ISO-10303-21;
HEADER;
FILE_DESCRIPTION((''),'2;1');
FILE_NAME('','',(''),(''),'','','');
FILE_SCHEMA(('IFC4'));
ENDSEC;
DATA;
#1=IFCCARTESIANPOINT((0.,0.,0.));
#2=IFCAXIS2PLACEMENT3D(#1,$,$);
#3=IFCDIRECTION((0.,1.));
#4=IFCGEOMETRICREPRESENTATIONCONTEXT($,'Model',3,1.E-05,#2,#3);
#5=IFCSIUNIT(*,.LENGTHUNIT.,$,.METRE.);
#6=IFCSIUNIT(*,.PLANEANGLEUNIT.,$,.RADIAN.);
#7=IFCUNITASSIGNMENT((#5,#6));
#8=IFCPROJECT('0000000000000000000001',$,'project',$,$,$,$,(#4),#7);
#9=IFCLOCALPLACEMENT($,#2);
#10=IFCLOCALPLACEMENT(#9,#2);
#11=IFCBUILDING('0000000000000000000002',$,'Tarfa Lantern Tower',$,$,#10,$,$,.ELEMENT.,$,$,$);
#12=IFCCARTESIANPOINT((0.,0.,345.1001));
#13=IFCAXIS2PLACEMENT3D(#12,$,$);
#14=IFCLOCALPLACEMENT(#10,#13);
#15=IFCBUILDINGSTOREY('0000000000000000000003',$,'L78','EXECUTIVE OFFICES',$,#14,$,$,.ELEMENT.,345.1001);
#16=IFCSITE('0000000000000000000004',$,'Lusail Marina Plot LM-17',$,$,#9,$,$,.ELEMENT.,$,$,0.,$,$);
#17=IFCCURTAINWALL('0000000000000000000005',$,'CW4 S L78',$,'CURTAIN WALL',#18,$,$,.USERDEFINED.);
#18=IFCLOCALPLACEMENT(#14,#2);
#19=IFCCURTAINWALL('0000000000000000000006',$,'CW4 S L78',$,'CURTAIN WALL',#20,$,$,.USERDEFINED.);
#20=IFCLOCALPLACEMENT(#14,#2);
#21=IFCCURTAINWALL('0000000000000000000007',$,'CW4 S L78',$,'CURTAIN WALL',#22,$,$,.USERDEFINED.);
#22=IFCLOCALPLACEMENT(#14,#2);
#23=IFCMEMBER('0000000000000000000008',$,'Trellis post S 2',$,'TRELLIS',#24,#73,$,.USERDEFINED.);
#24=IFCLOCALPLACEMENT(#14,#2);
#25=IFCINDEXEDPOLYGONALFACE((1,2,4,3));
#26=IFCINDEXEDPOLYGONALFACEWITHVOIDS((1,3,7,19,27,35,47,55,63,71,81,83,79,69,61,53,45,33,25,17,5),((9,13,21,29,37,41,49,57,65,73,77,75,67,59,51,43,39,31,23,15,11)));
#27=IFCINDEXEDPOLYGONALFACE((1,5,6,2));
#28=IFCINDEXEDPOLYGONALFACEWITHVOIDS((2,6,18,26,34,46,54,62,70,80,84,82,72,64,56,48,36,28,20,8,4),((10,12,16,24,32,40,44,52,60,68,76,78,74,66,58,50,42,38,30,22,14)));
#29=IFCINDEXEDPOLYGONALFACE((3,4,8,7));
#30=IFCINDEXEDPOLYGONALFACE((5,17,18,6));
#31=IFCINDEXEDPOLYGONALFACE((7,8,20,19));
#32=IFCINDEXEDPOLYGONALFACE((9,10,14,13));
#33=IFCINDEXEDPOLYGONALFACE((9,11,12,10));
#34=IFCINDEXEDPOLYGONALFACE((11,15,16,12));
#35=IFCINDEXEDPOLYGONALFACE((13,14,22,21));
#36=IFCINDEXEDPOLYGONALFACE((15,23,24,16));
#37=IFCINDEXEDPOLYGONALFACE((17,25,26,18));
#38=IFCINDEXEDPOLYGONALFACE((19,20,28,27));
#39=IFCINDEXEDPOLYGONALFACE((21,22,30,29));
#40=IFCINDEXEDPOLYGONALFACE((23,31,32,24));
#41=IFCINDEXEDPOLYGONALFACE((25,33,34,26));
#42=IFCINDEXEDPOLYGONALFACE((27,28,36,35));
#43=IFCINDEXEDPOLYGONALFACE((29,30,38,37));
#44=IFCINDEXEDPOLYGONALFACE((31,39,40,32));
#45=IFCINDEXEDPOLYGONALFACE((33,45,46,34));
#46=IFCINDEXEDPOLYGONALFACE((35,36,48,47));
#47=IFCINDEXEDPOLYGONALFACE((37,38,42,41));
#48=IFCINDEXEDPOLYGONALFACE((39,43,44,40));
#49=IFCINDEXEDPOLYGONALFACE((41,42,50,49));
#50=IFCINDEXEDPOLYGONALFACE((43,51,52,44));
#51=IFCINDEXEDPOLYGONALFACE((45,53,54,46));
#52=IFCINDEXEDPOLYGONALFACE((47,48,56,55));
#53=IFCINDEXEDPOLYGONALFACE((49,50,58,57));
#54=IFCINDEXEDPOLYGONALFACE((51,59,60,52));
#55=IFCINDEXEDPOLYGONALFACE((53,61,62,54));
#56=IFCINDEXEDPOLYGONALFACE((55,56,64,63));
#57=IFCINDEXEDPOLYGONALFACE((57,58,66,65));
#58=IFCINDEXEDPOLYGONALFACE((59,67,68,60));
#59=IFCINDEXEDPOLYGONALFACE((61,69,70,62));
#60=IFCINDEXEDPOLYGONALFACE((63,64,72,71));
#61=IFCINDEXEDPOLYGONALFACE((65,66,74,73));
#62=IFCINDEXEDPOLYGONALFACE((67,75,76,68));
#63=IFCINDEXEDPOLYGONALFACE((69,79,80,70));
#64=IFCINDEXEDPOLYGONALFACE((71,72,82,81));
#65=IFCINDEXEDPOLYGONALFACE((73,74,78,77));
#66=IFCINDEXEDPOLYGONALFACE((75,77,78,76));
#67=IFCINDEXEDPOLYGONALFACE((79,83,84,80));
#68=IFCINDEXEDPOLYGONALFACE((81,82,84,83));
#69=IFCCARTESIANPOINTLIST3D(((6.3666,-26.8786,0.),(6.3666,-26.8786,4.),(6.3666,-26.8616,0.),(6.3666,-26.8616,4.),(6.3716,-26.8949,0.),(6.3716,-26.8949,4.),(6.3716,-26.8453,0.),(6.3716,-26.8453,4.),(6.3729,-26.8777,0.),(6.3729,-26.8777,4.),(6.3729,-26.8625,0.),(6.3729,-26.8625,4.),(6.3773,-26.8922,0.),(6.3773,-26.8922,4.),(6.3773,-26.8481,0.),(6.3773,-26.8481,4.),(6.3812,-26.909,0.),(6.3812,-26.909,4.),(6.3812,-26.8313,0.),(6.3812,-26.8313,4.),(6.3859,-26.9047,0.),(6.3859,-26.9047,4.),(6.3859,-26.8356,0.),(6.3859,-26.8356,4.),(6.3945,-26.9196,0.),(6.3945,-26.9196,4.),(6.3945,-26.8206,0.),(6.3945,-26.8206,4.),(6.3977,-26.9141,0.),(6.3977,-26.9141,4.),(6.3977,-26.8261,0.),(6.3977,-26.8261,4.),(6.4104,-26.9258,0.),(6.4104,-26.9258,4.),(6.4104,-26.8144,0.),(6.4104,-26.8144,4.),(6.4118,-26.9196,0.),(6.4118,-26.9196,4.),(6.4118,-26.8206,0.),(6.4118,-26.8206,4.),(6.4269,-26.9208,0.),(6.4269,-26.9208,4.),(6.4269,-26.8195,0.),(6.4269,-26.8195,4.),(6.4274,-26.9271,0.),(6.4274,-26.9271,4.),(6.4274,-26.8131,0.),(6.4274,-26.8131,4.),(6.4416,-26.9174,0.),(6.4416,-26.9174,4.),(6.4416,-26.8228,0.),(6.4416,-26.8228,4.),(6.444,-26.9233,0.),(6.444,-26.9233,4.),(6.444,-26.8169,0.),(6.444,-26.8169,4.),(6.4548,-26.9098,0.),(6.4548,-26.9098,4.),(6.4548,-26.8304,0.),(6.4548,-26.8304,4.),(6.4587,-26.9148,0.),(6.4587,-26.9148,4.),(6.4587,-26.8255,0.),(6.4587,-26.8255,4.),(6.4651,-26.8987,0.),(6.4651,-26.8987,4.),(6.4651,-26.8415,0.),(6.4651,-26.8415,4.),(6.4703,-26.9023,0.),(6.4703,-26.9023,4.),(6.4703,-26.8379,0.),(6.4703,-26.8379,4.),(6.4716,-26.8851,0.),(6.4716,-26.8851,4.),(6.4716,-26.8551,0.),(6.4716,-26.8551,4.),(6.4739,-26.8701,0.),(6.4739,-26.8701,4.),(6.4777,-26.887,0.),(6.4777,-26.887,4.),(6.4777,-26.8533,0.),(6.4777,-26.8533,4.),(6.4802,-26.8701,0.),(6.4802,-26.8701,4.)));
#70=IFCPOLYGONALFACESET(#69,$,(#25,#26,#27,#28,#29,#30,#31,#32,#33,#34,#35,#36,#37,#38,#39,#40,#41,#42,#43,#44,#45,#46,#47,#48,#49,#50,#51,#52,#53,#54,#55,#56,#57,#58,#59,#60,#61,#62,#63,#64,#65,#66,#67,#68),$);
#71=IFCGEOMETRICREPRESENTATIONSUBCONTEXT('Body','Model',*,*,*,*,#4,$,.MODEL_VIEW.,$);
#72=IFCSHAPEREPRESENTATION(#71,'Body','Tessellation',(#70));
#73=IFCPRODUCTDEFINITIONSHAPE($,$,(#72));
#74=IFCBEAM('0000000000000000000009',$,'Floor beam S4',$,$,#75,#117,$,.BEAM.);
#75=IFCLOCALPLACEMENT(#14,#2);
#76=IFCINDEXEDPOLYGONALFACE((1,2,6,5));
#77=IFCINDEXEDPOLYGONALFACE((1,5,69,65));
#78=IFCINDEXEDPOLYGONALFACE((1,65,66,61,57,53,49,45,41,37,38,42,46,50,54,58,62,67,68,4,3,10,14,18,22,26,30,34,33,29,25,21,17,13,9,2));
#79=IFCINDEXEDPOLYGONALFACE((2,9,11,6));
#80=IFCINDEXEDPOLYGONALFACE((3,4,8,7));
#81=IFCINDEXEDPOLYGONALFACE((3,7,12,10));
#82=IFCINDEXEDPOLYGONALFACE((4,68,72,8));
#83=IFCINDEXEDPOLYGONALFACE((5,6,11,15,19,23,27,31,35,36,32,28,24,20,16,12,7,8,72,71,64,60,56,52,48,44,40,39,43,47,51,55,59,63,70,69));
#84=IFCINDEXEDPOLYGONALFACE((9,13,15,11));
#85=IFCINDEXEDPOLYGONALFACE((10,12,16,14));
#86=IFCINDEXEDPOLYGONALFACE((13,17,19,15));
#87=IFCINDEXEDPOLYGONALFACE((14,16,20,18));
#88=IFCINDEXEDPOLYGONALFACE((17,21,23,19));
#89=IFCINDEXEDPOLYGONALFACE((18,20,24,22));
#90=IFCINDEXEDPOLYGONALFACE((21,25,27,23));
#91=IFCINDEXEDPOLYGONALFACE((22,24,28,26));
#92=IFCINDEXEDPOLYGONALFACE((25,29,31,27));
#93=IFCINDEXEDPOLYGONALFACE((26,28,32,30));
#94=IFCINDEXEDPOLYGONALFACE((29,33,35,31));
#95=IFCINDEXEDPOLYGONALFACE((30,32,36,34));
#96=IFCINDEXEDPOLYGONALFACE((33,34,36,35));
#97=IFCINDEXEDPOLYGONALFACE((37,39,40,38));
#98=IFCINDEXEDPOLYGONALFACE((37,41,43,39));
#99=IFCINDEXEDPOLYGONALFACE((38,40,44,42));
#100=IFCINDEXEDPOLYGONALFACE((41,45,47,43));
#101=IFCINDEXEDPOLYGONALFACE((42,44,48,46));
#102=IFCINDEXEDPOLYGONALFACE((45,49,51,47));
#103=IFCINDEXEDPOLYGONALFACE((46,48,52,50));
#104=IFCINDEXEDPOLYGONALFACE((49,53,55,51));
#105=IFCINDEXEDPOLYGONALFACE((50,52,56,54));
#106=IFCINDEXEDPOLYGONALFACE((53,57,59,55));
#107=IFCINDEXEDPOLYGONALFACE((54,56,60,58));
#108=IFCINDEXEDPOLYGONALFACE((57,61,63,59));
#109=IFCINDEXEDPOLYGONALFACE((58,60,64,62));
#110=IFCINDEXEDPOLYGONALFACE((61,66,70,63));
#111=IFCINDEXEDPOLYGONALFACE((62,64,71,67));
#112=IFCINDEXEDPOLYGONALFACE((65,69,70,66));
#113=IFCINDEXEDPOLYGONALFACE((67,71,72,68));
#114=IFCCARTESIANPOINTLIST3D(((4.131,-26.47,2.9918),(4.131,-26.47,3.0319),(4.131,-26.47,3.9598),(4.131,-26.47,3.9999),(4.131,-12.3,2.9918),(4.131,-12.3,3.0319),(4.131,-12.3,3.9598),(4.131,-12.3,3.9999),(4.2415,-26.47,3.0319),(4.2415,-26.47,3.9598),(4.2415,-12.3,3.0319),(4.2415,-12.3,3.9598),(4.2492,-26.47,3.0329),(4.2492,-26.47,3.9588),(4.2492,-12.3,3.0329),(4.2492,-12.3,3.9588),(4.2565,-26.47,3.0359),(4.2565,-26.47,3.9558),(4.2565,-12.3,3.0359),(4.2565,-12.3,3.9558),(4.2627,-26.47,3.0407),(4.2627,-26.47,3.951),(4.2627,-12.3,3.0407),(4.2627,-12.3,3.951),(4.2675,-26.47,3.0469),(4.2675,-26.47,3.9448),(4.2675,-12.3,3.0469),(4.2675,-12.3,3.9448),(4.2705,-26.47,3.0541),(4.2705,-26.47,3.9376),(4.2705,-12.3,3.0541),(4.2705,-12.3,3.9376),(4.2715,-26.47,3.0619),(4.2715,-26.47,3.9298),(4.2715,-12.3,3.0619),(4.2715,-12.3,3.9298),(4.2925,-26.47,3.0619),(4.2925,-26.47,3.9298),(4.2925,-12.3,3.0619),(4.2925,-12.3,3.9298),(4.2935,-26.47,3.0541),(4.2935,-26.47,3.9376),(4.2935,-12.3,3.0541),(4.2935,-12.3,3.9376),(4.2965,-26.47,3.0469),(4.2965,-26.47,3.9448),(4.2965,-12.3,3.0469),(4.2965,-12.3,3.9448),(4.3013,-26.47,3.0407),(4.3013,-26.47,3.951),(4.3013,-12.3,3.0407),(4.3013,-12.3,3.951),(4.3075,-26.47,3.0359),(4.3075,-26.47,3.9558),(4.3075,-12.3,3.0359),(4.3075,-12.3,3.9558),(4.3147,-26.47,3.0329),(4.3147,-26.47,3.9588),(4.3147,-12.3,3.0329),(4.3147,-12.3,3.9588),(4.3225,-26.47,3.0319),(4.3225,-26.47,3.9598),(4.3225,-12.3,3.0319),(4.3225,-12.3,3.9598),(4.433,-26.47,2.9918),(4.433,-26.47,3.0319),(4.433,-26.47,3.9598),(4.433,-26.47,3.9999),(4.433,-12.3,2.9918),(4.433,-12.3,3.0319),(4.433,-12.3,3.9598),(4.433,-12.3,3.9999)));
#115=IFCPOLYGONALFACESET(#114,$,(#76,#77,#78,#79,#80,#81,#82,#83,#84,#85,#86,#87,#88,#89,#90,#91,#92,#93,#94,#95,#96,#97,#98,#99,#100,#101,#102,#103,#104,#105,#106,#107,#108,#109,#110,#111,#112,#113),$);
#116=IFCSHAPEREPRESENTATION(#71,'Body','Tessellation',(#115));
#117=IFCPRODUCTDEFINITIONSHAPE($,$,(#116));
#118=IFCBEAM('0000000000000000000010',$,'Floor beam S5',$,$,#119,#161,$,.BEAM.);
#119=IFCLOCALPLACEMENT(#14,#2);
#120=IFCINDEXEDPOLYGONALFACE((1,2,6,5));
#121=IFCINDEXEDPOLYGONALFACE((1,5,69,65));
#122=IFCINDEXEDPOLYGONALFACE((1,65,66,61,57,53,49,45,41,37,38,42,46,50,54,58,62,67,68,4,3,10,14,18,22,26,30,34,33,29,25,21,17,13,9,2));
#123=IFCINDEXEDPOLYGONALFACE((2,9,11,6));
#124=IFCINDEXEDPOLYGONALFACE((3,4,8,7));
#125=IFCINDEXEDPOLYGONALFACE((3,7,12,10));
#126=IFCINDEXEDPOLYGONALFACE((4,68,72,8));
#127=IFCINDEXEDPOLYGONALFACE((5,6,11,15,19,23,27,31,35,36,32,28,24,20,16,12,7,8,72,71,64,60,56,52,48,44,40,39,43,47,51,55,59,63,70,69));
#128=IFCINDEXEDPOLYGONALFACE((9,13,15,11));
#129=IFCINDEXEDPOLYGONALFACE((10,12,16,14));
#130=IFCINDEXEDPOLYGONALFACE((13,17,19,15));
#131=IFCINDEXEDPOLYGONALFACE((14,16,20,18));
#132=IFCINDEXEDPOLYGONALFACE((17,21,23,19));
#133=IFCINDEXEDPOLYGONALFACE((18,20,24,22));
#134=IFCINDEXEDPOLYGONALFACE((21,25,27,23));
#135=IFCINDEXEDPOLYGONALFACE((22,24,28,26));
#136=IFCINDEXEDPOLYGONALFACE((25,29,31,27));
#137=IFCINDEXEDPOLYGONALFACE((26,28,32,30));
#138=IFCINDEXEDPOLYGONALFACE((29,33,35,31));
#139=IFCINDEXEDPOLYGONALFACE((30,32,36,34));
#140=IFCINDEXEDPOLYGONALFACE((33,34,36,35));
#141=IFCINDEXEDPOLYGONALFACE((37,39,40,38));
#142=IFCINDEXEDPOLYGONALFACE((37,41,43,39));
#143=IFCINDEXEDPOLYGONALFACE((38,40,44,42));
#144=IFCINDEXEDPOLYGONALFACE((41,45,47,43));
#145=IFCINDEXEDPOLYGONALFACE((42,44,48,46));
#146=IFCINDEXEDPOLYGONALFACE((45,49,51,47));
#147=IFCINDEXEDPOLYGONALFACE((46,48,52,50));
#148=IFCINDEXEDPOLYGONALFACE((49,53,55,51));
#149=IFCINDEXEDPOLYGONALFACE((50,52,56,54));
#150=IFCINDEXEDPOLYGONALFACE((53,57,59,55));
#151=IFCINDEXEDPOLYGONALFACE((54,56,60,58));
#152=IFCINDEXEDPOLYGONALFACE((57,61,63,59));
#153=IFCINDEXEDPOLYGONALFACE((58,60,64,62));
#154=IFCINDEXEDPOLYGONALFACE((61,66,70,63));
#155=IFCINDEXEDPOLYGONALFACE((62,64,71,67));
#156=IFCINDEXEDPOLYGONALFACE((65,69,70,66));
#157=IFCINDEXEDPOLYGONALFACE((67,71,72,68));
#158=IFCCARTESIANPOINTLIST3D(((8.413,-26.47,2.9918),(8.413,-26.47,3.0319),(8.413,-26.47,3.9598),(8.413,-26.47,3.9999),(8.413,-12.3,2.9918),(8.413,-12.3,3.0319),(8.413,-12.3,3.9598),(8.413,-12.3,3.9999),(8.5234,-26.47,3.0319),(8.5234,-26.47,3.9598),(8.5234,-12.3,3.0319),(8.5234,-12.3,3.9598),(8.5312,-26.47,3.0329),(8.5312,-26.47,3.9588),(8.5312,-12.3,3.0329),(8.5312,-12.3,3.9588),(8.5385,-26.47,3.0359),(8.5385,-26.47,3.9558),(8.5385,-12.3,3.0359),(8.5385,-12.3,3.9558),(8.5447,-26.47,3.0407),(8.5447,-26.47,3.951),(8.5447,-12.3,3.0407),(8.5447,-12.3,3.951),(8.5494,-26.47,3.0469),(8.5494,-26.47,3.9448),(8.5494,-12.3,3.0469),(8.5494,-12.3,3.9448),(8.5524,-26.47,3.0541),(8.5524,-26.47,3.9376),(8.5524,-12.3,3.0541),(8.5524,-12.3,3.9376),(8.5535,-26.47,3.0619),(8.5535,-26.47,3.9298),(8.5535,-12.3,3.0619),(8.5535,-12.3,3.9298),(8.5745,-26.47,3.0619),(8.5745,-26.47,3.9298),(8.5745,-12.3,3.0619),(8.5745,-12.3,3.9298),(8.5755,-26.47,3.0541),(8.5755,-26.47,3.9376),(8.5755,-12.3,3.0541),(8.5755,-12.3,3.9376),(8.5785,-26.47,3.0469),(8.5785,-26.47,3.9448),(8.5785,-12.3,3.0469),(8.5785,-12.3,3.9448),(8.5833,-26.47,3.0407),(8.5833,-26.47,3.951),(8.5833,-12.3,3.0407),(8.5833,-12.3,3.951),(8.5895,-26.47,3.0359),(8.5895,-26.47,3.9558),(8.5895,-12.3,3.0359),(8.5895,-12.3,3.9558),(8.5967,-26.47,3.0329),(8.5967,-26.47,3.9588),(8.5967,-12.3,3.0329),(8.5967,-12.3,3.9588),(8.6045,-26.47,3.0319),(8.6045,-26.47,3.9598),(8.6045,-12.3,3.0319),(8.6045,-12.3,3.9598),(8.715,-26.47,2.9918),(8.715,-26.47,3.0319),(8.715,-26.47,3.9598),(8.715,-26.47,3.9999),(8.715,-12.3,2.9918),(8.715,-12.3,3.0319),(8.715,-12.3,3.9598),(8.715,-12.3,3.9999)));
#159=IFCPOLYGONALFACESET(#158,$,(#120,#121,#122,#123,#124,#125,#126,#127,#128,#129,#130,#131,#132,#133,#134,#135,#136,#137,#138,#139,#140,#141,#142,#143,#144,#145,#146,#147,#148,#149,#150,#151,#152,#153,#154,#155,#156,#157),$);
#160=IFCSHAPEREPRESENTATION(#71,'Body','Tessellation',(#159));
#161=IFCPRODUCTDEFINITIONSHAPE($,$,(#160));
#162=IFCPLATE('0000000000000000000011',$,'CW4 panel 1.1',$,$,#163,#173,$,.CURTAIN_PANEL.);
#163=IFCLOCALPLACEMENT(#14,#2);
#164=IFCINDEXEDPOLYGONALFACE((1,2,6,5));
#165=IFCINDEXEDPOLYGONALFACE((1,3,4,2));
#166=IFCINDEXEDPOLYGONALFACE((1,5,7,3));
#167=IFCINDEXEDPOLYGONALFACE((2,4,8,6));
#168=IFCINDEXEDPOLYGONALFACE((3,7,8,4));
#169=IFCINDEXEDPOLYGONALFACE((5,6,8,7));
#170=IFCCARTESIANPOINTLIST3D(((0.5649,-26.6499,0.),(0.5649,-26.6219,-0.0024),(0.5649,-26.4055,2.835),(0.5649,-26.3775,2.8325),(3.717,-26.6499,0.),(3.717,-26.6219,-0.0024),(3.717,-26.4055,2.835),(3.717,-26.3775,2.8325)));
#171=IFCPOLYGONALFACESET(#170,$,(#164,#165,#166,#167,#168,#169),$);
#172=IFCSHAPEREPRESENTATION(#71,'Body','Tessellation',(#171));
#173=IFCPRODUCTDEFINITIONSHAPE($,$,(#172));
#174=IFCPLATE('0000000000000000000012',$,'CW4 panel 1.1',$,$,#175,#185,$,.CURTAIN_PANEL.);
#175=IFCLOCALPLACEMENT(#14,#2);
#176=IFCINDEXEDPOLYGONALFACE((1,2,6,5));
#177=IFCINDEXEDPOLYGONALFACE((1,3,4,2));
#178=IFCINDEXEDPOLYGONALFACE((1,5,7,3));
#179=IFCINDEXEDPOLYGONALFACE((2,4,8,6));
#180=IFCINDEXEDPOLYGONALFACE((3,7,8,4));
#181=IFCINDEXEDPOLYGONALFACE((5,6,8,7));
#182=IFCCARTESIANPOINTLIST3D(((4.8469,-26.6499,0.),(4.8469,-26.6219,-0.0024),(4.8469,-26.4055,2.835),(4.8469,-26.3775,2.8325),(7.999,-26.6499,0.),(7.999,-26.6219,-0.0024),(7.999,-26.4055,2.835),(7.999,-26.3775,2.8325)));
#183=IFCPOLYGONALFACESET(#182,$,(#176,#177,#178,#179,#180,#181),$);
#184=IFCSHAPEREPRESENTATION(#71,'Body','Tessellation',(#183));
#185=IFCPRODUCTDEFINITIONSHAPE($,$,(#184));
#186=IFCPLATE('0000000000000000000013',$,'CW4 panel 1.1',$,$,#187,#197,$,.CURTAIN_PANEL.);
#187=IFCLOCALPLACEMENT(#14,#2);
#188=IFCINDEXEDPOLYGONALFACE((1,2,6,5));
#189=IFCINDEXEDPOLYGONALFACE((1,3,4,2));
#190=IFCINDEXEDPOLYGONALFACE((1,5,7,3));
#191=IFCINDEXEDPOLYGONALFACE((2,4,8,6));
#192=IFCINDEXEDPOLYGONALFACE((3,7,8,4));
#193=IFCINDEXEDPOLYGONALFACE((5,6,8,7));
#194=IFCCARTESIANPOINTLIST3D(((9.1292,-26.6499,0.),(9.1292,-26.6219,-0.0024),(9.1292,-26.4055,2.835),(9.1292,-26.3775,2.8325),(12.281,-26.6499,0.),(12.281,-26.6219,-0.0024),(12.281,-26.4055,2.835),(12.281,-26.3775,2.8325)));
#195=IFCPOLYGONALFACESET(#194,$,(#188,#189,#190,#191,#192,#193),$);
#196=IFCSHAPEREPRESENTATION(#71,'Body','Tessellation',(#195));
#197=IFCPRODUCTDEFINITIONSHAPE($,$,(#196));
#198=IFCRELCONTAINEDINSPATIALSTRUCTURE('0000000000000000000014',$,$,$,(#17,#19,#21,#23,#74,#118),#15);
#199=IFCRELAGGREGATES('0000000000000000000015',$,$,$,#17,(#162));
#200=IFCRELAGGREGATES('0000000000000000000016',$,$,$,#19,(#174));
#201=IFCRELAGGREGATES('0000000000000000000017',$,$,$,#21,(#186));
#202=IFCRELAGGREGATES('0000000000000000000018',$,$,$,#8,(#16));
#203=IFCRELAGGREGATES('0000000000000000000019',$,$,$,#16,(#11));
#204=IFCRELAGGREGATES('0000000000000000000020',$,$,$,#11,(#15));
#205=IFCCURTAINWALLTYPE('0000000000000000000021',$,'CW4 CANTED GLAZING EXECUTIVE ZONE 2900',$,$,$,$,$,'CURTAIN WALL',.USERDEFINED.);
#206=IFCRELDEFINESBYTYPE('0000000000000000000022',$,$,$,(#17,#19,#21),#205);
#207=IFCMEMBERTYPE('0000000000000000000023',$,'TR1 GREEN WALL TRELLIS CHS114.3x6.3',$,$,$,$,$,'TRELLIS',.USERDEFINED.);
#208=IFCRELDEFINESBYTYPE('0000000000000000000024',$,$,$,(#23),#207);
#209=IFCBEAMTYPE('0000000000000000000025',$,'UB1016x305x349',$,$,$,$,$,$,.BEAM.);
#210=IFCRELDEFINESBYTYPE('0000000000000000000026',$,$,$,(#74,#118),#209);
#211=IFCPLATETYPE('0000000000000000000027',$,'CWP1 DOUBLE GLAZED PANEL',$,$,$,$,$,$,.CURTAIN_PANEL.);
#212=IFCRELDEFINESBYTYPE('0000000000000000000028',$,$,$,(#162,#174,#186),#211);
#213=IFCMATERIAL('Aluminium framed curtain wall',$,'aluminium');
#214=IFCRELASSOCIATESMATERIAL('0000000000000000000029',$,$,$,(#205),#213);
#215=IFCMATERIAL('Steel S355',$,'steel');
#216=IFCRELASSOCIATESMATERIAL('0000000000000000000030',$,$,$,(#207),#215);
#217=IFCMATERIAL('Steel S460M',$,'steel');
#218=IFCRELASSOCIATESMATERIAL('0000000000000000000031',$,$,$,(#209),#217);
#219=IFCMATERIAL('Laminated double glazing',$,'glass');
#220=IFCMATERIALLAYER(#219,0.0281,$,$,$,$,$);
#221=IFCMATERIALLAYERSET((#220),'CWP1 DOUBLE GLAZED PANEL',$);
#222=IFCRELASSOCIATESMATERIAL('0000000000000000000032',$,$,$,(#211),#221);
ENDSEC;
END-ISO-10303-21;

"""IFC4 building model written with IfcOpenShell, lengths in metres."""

from ifc_helpers import new_model, si_unit, direction, frame, origin, origin_2d, place, context, subcontext, project, spatial, polyline, hollow_circle, i_section, outline, extrude, material, layer, layer_set, material_profile, profile_set, type_object, element, aggregate, save


model = new_model("IFC4")

# Units and contexts
model_context = context("Model", 3, precision=1e-05, world=origin(), true_north=direction((0.0, 1.0)))
body_context = subcontext(model_context, "Body", "Model", "MODEL_VIEW")
ifc_project = project(units=[si_unit("LENGTHUNIT", "METRE"), si_unit("PLANEANGLEUNIT", "RADIAN")], contexts=[model_context])

# Site, building, storey
site_placement = place(None, origin())
site = spatial("IfcSite", under=ifc_project, at=site_placement, Name="Lusail Marina Plot LM-17", CompositionType="ELEMENT", RefElevation=0.0)
building_placement = place(site_placement, origin())
building = spatial("IfcBuilding", under=site, at=building_placement, Name="Tarfa Lantern Tower", CompositionType="ELEMENT")
storey_placement = place(building_placement, frame((0.0, 0.0, 345.1001)))
storey = spatial("IfcBuildingStorey", under=building, at=storey_placement, Name="L78", Description="EXECUTIVE OFFICES", CompositionType="ELEMENT", Elevation=345.1001)

# Curtain walls
ifc_material_1 = material(Name="Aluminium framed curtain wall", Category="aluminium")
curtain_wall_type = type_object("IfcCurtainWallType", Name="CW4 CANTED GLAZING EXECUTIVE ZONE 2900", ElementType="CURTAIN WALL", PredefinedType="USERDEFINED", material=ifc_material_1)
curtain_wall_1_placement = place(storey_placement, origin())
curtain_wall_1 = element("IfcCurtainWall", 1, at=curtain_wall_1_placement, inside=storey, type_object=curtain_wall_type, Name="CW4 S L78", ObjectType="CURTAIN WALL", PredefinedType="USERDEFINED")
curtain_wall_2_placement = place(storey_placement, origin())
curtain_wall_2 = element("IfcCurtainWall", 2, at=curtain_wall_2_placement, inside=storey, type_object=curtain_wall_type, Name="CW4 S L78", ObjectType="CURTAIN WALL", PredefinedType="USERDEFINED")

# Curtain wall
curtain_wall_3_placement = place(storey_placement, origin())
curtain_wall_3 = element("IfcCurtainWall", 3, at=curtain_wall_3_placement, inside=storey, type_object=curtain_wall_type, Name="CW4 S L78", ObjectType="CURTAIN WALL", PredefinedType="USERDEFINED")

# Member
ifc_material_2 = material(Name="Steel S355", Category="steel")
ifc_material_profile_1 = material_profile(ifc_material_2, hollow_circle(Radius=0.0571, WallThickness=0.0063, at=origin_2d()), Name="CHS114.3x6.3")
ifc_profile_set_1 = profile_set([ifc_material_profile_1], Name="Steel S355")
member_type_1 = type_object("IfcMemberType", Name="TR1 GREEN WALL TRELLIS CHS114.3x6.3", ElementType="TRELLIS", PredefinedType="USERDEFINED", material=ifc_profile_set_1)
member_1_placement = place(storey_placement, frame((6.4231, -26.8701, 0.0), z_axis=(0.0, 0.0, 1.0), x_axis=(1.0, 0.0, 0.0)))
element("IfcMember", 4, at=member_1_placement, inside=storey, type_object=member_type_1, Name="Trellis post S 2", ObjectType="TRELLIS", PredefinedType="USERDEFINED", context=body_context, shape_type="SweptSolid", body=[
    extrude(hollow_circle(Radius=0.0571, WallThickness=0.0063, at=origin_2d()), origin(), (0.0, 0.0, 1.0), 4.0),
])

# Beams
ifc_material_3 = material(Name="Steel S460M", Category="steel")
ifc_material_profile_2 = material_profile(ifc_material_3, i_section(OverallWidth=0.302, OverallDepth=1.0081, WebThickness=0.021, FlangeThickness=0.04, FilletRadius=0.03, at=origin_2d()), Name="UB1016x305x349")
ifc_profile_set_2 = profile_set([ifc_material_profile_2], Name="Steel S460M")
beam_type_1 = type_object("IfcBeamType", Name="UB1016x305x349", PredefinedType="BEAM", material=ifc_profile_set_2)
for number, where, z_axis, x_axis, name in (
    (5, (4.282, -26.47, 3.4958), (0.0, 1.0, 0.0), (-1.0, 0.0, 0.0), "Floor beam S4"),
    (6, (8.564, -26.47, 3.4958), (0.0, 1.0, 0.0), (-1.0, 0.0, 0.0), "Floor beam S5"),
):
    element("IfcBeam", number, at=place(storey_placement, frame(where, z_axis=z_axis, x_axis=x_axis)), inside=storey, type_object=beam_type_1, Name=name, PredefinedType="BEAM", context=body_context, shape_type="SweptSolid", body=[
        extrude(i_section(OverallWidth=0.302, OverallDepth=1.0081, WebThickness=0.021, FlangeThickness=0.04, FilletRadius=0.03, at=origin_2d()), origin(), (0.0, 0.0, 1.0), 14.1699),
    ])

# Plates
ifc_material_4 = material(Name="Laminated double glazing", Category="glass")
ifc_layer_1 = layer(ifc_material_4, 0.0281)
ifc_layer_set_1 = layer_set([ifc_layer_1], Name="CWP1 DOUBLE GLAZED PANEL")
plate_type = type_object("IfcPlateType", Name="CWP1 DOUBLE GLAZED PANEL", PredefinedType="CURTAIN_PANEL", material=ifc_layer_set_1)
plate_1_placement = place(storey_placement, frame((0.5649, -26.6499, 0.0), z_axis=(0.0, -0.996305, 0.085885), x_axis=(1.0, 0.0, 0.0)))
plate_1 = element("IfcPlate", 7, at=plate_1_placement, type_object=plate_type, Name="CW4 panel 1.1", PredefinedType="CURTAIN_PANEL", context=body_context, shape_type="SweptSolid", body=[
    extrude(outline(polyline([(0.0, 0.0), (3.1521, 0.0), (3.1521, 2.8455), (0.0, 2.8455), (0.0, 0.0)])), origin(), (0.0, 0.0, -1.0), 0.0281),
])
aggregate(curtain_wall_1, [plate_1])
plate_2_placement = place(storey_placement, frame((4.8469, -26.6499, 0.0), z_axis=(0.0, -0.996305, 0.085885), x_axis=(1.0, 0.0, 0.0)))
plate_2 = element("IfcPlate", 8, at=plate_2_placement, type_object=plate_type, Name="CW4 panel 1.1", PredefinedType="CURTAIN_PANEL", context=body_context, shape_type="SweptSolid", body=[
    extrude(outline(polyline([(0.0, 0.0), (3.1521, 0.0), (3.1521, 2.8455), (0.0, 2.8455), (0.0, 0.0)])), origin(), (0.0, 0.0, -1.0), 0.0281),
])
aggregate(curtain_wall_2, [plate_2])
plate_3_placement = place(storey_placement, frame((9.1292, -26.6499, 0.0), z_axis=(0.0, -0.996305, 0.085885), x_axis=(1.0, 0.0, 0.0)))
plate_3 = element("IfcPlate", 9, at=plate_3_placement, type_object=plate_type, Name="CW4 panel 1.1", PredefinedType="CURTAIN_PANEL", context=body_context, shape_type="SweptSolid", body=[
    extrude(outline(polyline([(0.0, 0.0), (3.1519, 0.0), (3.1519, 2.8455), (0.0, 2.8455), (0.0, 0.0)])), origin(), (0.0, 0.0, -1.0), 0.0281),
])
aggregate(curtain_wall_3, [plate_3])

save(model, "model.ifc")
